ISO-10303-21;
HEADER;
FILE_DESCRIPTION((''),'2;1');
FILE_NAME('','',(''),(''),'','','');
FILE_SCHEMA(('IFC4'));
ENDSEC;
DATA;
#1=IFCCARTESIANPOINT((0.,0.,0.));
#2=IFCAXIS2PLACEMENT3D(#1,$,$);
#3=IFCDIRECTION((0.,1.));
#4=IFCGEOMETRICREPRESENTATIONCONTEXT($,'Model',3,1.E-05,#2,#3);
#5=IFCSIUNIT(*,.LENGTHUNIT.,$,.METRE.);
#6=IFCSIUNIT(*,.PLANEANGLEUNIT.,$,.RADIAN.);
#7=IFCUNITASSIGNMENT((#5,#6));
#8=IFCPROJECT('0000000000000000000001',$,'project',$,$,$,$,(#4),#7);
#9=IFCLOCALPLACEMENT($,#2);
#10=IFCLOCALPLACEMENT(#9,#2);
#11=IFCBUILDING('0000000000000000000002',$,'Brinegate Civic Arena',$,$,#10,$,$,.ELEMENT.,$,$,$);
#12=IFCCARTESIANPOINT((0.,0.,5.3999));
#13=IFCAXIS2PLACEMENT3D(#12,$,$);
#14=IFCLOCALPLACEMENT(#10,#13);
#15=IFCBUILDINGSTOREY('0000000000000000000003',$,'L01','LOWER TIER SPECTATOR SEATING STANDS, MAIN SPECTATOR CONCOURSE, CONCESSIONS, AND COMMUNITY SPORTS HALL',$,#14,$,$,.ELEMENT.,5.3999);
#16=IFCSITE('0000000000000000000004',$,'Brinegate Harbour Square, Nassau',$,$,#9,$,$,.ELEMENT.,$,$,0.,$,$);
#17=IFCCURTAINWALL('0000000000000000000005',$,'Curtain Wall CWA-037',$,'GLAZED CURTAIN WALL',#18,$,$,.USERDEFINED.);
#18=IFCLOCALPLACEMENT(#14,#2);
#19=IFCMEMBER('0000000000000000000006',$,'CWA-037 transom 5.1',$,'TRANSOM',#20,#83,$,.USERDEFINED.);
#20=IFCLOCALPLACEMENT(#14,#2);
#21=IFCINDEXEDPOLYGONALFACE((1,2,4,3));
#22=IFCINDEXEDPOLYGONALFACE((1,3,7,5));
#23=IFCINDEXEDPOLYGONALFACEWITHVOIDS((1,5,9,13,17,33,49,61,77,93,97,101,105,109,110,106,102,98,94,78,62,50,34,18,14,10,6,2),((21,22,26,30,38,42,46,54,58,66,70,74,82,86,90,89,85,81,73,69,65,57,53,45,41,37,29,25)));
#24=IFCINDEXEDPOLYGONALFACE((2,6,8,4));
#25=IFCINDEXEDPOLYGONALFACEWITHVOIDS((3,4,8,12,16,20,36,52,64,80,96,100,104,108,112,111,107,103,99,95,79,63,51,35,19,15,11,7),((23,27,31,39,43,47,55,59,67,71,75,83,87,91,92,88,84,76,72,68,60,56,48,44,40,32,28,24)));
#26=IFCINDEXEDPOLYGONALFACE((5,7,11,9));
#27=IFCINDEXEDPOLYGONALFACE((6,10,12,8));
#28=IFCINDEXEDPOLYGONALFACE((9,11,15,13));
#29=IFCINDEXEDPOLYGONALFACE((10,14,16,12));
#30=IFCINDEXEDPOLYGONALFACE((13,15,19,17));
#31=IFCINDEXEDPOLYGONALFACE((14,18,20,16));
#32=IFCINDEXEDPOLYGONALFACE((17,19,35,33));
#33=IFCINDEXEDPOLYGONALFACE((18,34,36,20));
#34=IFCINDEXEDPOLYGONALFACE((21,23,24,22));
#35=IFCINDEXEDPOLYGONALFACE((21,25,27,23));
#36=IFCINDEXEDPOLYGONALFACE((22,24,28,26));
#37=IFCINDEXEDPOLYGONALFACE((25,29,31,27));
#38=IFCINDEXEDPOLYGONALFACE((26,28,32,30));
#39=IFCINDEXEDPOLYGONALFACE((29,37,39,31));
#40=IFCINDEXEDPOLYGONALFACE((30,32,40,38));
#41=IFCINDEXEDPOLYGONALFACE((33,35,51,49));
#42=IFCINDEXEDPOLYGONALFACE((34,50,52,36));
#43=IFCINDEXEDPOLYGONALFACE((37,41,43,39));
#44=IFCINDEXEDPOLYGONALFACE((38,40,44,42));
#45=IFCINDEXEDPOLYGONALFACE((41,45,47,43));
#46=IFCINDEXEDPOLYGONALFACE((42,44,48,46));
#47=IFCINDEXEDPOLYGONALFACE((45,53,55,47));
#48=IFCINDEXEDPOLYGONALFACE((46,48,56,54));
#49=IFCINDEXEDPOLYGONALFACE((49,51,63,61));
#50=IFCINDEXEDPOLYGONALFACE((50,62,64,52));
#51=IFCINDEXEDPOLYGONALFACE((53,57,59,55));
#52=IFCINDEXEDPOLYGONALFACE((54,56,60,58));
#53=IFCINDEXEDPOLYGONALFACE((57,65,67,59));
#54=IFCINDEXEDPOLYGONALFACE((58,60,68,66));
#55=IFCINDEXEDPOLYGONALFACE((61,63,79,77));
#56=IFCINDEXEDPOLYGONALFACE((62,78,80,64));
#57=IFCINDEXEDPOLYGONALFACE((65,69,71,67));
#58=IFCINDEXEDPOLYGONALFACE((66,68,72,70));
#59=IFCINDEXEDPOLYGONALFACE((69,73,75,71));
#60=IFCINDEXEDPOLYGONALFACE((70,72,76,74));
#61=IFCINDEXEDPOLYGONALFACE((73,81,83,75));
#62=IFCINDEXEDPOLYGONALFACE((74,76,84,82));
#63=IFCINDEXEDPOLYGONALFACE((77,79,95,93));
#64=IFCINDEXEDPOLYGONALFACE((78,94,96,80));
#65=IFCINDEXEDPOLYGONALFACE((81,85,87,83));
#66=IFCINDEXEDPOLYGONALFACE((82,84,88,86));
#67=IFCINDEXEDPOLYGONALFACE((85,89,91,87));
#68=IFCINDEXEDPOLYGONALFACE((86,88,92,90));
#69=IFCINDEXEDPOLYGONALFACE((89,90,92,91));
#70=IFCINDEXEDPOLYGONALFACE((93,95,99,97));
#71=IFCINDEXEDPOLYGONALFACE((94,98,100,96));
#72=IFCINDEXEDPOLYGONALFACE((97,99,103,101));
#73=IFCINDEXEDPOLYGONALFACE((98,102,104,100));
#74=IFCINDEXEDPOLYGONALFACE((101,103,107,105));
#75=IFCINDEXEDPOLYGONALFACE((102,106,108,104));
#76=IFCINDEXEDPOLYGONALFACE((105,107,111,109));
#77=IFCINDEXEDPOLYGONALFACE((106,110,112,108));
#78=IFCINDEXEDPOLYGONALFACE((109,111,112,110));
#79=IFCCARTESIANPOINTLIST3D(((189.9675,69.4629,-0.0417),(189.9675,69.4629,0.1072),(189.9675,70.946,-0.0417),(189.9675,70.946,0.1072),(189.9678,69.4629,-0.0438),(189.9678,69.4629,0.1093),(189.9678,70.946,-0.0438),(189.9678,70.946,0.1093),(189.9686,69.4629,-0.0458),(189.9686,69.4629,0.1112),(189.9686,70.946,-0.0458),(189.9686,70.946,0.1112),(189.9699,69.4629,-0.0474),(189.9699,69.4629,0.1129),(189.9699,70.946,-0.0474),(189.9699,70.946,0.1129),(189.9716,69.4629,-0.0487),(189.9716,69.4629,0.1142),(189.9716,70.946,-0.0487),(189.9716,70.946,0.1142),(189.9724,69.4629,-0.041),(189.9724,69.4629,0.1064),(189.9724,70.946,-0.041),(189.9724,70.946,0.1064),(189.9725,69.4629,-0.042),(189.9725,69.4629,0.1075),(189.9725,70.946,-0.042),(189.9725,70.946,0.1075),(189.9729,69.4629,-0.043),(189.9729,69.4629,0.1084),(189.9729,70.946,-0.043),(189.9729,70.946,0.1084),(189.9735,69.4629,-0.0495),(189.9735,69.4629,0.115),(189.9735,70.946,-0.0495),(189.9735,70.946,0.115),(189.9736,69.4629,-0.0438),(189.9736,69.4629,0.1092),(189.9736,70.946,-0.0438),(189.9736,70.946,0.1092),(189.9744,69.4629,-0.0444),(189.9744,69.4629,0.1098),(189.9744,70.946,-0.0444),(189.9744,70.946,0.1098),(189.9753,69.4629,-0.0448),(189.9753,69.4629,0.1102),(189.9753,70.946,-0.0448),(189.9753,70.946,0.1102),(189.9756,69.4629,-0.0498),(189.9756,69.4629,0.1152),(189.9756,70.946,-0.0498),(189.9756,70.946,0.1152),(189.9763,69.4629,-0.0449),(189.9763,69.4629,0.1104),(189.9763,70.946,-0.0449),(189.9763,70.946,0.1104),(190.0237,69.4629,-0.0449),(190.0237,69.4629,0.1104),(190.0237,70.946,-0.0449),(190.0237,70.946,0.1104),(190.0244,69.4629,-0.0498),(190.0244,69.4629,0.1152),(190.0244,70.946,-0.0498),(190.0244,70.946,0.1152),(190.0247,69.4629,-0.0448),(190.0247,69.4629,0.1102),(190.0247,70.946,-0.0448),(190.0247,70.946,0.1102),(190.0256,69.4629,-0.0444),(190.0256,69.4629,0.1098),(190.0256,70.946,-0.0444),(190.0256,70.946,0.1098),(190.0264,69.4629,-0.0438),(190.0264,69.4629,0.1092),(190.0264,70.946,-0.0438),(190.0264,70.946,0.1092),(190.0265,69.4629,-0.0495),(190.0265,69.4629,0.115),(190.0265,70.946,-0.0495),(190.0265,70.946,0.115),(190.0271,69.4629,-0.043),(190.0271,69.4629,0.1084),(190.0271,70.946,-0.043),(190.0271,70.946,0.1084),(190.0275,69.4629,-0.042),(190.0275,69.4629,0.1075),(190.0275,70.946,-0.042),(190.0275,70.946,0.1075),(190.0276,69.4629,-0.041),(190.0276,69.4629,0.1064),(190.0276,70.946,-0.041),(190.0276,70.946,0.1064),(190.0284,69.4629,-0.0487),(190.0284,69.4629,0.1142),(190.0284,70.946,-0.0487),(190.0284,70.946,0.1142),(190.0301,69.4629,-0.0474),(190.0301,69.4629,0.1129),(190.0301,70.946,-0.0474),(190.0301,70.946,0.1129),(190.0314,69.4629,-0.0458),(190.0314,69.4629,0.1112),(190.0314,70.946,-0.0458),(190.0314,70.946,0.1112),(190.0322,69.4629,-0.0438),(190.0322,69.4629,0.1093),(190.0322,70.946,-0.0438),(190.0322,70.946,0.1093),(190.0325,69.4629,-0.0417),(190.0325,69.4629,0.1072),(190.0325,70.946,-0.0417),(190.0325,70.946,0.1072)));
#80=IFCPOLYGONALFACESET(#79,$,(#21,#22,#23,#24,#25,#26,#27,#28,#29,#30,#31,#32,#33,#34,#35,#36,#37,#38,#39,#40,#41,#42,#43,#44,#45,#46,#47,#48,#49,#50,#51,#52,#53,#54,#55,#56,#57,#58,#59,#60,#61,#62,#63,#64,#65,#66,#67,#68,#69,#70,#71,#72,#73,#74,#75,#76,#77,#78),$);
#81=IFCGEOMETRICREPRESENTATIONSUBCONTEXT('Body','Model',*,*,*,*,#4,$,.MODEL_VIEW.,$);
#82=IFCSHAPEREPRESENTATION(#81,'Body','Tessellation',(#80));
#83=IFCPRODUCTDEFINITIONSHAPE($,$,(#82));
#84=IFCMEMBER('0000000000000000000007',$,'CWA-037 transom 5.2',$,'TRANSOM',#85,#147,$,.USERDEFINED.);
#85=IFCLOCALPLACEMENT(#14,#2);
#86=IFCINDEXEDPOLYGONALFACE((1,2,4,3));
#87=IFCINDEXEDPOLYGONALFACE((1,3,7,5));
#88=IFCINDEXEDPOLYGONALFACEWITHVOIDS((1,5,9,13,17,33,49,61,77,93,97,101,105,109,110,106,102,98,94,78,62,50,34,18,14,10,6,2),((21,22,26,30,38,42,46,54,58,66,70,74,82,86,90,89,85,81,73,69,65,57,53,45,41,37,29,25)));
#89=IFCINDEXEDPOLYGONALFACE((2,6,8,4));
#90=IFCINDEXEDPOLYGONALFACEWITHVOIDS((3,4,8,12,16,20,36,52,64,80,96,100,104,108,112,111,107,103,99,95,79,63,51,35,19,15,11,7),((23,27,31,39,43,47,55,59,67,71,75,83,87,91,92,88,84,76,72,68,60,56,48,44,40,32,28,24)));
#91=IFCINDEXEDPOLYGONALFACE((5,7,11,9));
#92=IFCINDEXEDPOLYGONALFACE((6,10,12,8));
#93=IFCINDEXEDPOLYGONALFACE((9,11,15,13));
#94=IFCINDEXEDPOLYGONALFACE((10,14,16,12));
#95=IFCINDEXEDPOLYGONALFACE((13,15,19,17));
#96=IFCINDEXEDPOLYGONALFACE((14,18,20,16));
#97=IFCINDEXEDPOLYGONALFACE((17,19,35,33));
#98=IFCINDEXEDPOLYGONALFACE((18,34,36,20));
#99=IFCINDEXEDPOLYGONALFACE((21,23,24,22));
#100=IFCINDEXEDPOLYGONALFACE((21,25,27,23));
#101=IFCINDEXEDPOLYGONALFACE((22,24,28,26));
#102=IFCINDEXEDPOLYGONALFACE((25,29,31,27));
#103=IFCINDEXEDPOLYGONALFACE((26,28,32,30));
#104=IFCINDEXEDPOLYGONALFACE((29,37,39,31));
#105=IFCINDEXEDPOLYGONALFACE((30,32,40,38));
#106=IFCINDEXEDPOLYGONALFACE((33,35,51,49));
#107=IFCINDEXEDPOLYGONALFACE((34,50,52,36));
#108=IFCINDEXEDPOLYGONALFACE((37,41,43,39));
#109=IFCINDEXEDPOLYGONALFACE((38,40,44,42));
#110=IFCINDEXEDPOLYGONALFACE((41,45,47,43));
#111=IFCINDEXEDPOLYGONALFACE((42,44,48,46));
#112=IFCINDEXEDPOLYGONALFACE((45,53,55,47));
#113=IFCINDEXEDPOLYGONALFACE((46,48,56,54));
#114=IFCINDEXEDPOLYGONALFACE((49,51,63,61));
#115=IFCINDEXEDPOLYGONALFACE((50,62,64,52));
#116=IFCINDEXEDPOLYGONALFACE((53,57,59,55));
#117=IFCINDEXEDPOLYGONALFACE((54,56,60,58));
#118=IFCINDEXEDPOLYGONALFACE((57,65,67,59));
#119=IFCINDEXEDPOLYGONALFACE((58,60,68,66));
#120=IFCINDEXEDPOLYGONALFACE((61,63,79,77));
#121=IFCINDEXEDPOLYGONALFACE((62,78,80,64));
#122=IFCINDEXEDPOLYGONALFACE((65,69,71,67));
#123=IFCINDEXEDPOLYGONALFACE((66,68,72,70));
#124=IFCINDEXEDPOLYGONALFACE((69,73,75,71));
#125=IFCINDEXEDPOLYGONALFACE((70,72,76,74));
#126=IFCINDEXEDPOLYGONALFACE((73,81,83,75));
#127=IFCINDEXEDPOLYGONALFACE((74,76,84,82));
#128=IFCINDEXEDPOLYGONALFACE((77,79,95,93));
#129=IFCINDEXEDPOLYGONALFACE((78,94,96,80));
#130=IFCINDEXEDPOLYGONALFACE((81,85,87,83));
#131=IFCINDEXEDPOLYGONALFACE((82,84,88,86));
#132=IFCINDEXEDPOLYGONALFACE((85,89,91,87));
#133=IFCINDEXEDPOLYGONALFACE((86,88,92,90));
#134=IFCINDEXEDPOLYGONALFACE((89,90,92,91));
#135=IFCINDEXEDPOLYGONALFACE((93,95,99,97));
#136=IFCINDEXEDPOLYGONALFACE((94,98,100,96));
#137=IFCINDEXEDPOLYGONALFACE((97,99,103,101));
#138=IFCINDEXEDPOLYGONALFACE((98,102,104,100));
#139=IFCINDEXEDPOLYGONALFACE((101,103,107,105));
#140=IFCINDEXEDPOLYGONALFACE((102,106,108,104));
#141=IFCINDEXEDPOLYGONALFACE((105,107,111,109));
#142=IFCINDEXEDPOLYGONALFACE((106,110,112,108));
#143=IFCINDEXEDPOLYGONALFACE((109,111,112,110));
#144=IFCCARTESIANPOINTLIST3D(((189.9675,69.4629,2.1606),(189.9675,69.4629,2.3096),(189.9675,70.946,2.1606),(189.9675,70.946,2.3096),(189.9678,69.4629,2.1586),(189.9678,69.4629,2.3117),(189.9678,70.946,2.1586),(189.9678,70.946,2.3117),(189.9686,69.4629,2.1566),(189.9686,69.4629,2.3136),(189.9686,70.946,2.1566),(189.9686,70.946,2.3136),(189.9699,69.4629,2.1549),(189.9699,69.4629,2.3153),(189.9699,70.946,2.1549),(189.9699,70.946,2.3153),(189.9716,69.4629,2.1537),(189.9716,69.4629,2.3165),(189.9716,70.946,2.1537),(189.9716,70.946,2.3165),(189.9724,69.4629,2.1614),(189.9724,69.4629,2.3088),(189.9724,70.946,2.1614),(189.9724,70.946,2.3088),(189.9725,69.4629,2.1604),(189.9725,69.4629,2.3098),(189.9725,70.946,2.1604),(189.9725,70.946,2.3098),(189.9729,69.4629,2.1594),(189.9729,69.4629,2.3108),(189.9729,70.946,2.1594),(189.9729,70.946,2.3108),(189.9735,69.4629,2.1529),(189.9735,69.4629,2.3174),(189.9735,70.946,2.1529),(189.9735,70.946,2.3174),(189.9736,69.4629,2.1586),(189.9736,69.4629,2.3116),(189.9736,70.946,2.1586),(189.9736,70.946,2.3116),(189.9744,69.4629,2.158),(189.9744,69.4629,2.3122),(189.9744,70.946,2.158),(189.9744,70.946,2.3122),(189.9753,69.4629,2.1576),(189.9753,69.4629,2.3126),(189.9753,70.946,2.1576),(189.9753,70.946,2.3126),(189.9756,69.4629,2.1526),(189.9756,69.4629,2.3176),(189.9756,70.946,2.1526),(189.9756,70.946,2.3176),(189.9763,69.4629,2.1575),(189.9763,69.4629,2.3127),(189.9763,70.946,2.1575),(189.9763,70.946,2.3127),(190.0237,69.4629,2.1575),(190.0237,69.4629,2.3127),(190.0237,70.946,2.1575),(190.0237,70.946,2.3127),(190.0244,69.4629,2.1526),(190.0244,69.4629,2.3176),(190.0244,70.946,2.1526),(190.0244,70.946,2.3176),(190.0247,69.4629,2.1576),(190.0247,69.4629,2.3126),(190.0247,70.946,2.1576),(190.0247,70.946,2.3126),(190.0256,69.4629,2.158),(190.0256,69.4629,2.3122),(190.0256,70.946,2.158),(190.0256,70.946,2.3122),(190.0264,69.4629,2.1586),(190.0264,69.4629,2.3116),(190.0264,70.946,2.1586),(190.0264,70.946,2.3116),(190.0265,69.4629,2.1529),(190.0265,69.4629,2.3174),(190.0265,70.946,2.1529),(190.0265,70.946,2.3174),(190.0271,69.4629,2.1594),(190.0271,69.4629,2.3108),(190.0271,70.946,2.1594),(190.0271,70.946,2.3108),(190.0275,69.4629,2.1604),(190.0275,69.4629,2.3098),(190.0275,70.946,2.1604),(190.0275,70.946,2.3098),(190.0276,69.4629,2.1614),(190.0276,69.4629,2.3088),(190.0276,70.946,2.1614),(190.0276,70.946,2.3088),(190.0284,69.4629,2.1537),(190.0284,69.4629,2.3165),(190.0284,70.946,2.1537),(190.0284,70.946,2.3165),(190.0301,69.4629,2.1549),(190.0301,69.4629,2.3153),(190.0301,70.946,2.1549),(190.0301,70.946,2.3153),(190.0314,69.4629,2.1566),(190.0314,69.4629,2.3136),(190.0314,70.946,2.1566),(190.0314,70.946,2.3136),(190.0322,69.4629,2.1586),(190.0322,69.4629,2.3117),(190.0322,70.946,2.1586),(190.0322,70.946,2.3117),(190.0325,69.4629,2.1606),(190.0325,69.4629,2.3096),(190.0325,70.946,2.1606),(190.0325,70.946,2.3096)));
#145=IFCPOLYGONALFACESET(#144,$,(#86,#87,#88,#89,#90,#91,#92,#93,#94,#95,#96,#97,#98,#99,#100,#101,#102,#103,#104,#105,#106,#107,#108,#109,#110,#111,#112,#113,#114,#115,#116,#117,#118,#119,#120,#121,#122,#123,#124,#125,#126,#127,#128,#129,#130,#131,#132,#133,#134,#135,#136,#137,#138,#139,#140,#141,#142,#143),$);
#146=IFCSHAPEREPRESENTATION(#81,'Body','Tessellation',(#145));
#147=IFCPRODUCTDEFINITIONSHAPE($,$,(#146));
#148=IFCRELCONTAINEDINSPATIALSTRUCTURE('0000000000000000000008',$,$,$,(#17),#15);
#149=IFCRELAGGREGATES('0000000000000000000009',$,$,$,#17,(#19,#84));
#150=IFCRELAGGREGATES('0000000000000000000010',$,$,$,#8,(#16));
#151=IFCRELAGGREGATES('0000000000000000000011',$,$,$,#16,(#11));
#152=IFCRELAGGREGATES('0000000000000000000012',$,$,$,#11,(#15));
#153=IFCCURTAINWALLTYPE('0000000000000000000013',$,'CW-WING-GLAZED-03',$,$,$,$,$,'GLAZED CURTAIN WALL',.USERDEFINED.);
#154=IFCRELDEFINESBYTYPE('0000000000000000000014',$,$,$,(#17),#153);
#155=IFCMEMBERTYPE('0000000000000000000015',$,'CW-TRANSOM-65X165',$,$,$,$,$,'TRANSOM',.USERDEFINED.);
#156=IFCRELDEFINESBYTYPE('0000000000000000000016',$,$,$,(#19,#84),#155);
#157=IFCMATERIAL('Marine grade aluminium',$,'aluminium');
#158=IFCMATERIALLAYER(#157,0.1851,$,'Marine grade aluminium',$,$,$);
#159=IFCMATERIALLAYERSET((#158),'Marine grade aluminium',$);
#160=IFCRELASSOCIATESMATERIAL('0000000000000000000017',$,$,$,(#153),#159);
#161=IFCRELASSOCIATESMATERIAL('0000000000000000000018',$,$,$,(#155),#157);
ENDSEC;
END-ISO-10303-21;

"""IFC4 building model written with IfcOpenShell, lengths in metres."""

from ifc_helpers import new_model, si_unit, direction, frame, origin, origin_2d, place, context, subcontext, project, spatial, hollow_rectangle, extrude, material, layer, layer_set, material_profile, profile_set, type_object, element, aggregate, save


model = new_model("IFC4")

# Units and contexts
model_context = context("Model", 3, precision=1e-05, world=origin(), true_north=direction((0.0, 1.0)))
body_context = subcontext(model_context, "Body", "Model", "MODEL_VIEW")
ifc_project = project(units=[si_unit("LENGTHUNIT", "METRE"), si_unit("PLANEANGLEUNIT", "RADIAN")], contexts=[model_context])

# Site, building, storey
site_placement = place(None, origin())
site = spatial("IfcSite", under=ifc_project, at=site_placement, Name="Brinegate Harbour Square, Nassau", CompositionType="ELEMENT", RefElevation=0.0)
building_placement = place(site_placement, origin())
building = spatial("IfcBuilding", under=site, at=building_placement, Name="Brinegate Civic Arena", CompositionType="ELEMENT")
storey_placement = place(building_placement, frame((0.0, 0.0, 5.3999)))
storey = spatial("IfcBuildingStorey", under=building, at=storey_placement, Name="L01", Description="LOWER TIER SPECTATOR SEATING STANDS, MAIN SPECTATOR CONCOURSE, CONCESSIONS, AND COMMUNITY SPORTS HALL", CompositionType="ELEMENT", Elevation=5.3999)

# Curtain wall, members
ifc_material_1 = material(Name="Marine grade aluminium", Category="aluminium")
ifc_layer_1 = layer(ifc_material_1, 0.1851, Name="Marine grade aluminium")
ifc_layer_set_1 = layer_set([ifc_layer_1], Name="Marine grade aluminium")
curtain_wall_type = type_object("IfcCurtainWallType", Name="CW-WING-GLAZED-03", ElementType="GLAZED CURTAIN WALL", PredefinedType="USERDEFINED", material=ifc_layer_set_1)
curtain_wall_1_placement = place(storey_placement, origin())
curtain_wall_1 = element("IfcCurtainWall", 1, at=curtain_wall_1_placement, inside=storey, type_object=curtain_wall_type, Name="Curtain Wall CWA-037", ObjectType="GLAZED CURTAIN WALL", PredefinedType="USERDEFINED")
ifc_material_profile_1 = material_profile(ifc_material_1, hollow_rectangle(XDim=0.0649, YDim=0.165, WallThickness=0.0049, InnerFilletRadius=0.0039, OuterFilletRadius=0.0081, at=origin_2d()), Name="TRN65X165")
ifc_profile_set_1 = profile_set([ifc_material_profile_1], Name="Marine grade aluminium")
member_type_1 = type_object("IfcMemberType", Name="CW-TRANSOM-65X165", ElementType="TRANSOM", PredefinedType="USERDEFINED", material=ifc_profile_set_1)
member_1_placement = place(storey_placement, frame((190.0, 69.4629, 0.0327), z_axis=(0.0, 1.0, 0.0), x_axis=(-1.0, 0.0, 0.0)))
member_1 = element("IfcMember", 2, at=member_1_placement, type_object=member_type_1, Name="CWA-037 transom 5.1", ObjectType="TRANSOM", PredefinedType="USERDEFINED", context=body_context, shape_type="SweptSolid", body=[
    extrude(hollow_rectangle(XDim=0.0649, YDim=0.165, WallThickness=0.0049, InnerFilletRadius=0.0039, OuterFilletRadius=0.0081, at=origin_2d()), origin(), (0.0, 0.0, 1.0), 1.4832),
])
member_2_placement = place(storey_placement, frame((190.0, 69.4629, 2.2351), z_axis=(0.0, 1.0, 0.0), x_axis=(-1.0, 0.0, 0.0)))
member_2 = element("IfcMember", 3, at=member_2_placement, type_object=member_type_1, Name="CWA-037 transom 5.2", ObjectType="TRANSOM", PredefinedType="USERDEFINED", context=body_context, shape_type="SweptSolid", body=[
    extrude(hollow_rectangle(XDim=0.0649, YDim=0.165, WallThickness=0.0049, InnerFilletRadius=0.0039, OuterFilletRadius=0.0081, at=origin_2d()), origin(), (0.0, 0.0, 1.0), 1.4832),
])

aggregate(curtain_wall_1, [member_1, member_2])

save(model, "model.ifc")
